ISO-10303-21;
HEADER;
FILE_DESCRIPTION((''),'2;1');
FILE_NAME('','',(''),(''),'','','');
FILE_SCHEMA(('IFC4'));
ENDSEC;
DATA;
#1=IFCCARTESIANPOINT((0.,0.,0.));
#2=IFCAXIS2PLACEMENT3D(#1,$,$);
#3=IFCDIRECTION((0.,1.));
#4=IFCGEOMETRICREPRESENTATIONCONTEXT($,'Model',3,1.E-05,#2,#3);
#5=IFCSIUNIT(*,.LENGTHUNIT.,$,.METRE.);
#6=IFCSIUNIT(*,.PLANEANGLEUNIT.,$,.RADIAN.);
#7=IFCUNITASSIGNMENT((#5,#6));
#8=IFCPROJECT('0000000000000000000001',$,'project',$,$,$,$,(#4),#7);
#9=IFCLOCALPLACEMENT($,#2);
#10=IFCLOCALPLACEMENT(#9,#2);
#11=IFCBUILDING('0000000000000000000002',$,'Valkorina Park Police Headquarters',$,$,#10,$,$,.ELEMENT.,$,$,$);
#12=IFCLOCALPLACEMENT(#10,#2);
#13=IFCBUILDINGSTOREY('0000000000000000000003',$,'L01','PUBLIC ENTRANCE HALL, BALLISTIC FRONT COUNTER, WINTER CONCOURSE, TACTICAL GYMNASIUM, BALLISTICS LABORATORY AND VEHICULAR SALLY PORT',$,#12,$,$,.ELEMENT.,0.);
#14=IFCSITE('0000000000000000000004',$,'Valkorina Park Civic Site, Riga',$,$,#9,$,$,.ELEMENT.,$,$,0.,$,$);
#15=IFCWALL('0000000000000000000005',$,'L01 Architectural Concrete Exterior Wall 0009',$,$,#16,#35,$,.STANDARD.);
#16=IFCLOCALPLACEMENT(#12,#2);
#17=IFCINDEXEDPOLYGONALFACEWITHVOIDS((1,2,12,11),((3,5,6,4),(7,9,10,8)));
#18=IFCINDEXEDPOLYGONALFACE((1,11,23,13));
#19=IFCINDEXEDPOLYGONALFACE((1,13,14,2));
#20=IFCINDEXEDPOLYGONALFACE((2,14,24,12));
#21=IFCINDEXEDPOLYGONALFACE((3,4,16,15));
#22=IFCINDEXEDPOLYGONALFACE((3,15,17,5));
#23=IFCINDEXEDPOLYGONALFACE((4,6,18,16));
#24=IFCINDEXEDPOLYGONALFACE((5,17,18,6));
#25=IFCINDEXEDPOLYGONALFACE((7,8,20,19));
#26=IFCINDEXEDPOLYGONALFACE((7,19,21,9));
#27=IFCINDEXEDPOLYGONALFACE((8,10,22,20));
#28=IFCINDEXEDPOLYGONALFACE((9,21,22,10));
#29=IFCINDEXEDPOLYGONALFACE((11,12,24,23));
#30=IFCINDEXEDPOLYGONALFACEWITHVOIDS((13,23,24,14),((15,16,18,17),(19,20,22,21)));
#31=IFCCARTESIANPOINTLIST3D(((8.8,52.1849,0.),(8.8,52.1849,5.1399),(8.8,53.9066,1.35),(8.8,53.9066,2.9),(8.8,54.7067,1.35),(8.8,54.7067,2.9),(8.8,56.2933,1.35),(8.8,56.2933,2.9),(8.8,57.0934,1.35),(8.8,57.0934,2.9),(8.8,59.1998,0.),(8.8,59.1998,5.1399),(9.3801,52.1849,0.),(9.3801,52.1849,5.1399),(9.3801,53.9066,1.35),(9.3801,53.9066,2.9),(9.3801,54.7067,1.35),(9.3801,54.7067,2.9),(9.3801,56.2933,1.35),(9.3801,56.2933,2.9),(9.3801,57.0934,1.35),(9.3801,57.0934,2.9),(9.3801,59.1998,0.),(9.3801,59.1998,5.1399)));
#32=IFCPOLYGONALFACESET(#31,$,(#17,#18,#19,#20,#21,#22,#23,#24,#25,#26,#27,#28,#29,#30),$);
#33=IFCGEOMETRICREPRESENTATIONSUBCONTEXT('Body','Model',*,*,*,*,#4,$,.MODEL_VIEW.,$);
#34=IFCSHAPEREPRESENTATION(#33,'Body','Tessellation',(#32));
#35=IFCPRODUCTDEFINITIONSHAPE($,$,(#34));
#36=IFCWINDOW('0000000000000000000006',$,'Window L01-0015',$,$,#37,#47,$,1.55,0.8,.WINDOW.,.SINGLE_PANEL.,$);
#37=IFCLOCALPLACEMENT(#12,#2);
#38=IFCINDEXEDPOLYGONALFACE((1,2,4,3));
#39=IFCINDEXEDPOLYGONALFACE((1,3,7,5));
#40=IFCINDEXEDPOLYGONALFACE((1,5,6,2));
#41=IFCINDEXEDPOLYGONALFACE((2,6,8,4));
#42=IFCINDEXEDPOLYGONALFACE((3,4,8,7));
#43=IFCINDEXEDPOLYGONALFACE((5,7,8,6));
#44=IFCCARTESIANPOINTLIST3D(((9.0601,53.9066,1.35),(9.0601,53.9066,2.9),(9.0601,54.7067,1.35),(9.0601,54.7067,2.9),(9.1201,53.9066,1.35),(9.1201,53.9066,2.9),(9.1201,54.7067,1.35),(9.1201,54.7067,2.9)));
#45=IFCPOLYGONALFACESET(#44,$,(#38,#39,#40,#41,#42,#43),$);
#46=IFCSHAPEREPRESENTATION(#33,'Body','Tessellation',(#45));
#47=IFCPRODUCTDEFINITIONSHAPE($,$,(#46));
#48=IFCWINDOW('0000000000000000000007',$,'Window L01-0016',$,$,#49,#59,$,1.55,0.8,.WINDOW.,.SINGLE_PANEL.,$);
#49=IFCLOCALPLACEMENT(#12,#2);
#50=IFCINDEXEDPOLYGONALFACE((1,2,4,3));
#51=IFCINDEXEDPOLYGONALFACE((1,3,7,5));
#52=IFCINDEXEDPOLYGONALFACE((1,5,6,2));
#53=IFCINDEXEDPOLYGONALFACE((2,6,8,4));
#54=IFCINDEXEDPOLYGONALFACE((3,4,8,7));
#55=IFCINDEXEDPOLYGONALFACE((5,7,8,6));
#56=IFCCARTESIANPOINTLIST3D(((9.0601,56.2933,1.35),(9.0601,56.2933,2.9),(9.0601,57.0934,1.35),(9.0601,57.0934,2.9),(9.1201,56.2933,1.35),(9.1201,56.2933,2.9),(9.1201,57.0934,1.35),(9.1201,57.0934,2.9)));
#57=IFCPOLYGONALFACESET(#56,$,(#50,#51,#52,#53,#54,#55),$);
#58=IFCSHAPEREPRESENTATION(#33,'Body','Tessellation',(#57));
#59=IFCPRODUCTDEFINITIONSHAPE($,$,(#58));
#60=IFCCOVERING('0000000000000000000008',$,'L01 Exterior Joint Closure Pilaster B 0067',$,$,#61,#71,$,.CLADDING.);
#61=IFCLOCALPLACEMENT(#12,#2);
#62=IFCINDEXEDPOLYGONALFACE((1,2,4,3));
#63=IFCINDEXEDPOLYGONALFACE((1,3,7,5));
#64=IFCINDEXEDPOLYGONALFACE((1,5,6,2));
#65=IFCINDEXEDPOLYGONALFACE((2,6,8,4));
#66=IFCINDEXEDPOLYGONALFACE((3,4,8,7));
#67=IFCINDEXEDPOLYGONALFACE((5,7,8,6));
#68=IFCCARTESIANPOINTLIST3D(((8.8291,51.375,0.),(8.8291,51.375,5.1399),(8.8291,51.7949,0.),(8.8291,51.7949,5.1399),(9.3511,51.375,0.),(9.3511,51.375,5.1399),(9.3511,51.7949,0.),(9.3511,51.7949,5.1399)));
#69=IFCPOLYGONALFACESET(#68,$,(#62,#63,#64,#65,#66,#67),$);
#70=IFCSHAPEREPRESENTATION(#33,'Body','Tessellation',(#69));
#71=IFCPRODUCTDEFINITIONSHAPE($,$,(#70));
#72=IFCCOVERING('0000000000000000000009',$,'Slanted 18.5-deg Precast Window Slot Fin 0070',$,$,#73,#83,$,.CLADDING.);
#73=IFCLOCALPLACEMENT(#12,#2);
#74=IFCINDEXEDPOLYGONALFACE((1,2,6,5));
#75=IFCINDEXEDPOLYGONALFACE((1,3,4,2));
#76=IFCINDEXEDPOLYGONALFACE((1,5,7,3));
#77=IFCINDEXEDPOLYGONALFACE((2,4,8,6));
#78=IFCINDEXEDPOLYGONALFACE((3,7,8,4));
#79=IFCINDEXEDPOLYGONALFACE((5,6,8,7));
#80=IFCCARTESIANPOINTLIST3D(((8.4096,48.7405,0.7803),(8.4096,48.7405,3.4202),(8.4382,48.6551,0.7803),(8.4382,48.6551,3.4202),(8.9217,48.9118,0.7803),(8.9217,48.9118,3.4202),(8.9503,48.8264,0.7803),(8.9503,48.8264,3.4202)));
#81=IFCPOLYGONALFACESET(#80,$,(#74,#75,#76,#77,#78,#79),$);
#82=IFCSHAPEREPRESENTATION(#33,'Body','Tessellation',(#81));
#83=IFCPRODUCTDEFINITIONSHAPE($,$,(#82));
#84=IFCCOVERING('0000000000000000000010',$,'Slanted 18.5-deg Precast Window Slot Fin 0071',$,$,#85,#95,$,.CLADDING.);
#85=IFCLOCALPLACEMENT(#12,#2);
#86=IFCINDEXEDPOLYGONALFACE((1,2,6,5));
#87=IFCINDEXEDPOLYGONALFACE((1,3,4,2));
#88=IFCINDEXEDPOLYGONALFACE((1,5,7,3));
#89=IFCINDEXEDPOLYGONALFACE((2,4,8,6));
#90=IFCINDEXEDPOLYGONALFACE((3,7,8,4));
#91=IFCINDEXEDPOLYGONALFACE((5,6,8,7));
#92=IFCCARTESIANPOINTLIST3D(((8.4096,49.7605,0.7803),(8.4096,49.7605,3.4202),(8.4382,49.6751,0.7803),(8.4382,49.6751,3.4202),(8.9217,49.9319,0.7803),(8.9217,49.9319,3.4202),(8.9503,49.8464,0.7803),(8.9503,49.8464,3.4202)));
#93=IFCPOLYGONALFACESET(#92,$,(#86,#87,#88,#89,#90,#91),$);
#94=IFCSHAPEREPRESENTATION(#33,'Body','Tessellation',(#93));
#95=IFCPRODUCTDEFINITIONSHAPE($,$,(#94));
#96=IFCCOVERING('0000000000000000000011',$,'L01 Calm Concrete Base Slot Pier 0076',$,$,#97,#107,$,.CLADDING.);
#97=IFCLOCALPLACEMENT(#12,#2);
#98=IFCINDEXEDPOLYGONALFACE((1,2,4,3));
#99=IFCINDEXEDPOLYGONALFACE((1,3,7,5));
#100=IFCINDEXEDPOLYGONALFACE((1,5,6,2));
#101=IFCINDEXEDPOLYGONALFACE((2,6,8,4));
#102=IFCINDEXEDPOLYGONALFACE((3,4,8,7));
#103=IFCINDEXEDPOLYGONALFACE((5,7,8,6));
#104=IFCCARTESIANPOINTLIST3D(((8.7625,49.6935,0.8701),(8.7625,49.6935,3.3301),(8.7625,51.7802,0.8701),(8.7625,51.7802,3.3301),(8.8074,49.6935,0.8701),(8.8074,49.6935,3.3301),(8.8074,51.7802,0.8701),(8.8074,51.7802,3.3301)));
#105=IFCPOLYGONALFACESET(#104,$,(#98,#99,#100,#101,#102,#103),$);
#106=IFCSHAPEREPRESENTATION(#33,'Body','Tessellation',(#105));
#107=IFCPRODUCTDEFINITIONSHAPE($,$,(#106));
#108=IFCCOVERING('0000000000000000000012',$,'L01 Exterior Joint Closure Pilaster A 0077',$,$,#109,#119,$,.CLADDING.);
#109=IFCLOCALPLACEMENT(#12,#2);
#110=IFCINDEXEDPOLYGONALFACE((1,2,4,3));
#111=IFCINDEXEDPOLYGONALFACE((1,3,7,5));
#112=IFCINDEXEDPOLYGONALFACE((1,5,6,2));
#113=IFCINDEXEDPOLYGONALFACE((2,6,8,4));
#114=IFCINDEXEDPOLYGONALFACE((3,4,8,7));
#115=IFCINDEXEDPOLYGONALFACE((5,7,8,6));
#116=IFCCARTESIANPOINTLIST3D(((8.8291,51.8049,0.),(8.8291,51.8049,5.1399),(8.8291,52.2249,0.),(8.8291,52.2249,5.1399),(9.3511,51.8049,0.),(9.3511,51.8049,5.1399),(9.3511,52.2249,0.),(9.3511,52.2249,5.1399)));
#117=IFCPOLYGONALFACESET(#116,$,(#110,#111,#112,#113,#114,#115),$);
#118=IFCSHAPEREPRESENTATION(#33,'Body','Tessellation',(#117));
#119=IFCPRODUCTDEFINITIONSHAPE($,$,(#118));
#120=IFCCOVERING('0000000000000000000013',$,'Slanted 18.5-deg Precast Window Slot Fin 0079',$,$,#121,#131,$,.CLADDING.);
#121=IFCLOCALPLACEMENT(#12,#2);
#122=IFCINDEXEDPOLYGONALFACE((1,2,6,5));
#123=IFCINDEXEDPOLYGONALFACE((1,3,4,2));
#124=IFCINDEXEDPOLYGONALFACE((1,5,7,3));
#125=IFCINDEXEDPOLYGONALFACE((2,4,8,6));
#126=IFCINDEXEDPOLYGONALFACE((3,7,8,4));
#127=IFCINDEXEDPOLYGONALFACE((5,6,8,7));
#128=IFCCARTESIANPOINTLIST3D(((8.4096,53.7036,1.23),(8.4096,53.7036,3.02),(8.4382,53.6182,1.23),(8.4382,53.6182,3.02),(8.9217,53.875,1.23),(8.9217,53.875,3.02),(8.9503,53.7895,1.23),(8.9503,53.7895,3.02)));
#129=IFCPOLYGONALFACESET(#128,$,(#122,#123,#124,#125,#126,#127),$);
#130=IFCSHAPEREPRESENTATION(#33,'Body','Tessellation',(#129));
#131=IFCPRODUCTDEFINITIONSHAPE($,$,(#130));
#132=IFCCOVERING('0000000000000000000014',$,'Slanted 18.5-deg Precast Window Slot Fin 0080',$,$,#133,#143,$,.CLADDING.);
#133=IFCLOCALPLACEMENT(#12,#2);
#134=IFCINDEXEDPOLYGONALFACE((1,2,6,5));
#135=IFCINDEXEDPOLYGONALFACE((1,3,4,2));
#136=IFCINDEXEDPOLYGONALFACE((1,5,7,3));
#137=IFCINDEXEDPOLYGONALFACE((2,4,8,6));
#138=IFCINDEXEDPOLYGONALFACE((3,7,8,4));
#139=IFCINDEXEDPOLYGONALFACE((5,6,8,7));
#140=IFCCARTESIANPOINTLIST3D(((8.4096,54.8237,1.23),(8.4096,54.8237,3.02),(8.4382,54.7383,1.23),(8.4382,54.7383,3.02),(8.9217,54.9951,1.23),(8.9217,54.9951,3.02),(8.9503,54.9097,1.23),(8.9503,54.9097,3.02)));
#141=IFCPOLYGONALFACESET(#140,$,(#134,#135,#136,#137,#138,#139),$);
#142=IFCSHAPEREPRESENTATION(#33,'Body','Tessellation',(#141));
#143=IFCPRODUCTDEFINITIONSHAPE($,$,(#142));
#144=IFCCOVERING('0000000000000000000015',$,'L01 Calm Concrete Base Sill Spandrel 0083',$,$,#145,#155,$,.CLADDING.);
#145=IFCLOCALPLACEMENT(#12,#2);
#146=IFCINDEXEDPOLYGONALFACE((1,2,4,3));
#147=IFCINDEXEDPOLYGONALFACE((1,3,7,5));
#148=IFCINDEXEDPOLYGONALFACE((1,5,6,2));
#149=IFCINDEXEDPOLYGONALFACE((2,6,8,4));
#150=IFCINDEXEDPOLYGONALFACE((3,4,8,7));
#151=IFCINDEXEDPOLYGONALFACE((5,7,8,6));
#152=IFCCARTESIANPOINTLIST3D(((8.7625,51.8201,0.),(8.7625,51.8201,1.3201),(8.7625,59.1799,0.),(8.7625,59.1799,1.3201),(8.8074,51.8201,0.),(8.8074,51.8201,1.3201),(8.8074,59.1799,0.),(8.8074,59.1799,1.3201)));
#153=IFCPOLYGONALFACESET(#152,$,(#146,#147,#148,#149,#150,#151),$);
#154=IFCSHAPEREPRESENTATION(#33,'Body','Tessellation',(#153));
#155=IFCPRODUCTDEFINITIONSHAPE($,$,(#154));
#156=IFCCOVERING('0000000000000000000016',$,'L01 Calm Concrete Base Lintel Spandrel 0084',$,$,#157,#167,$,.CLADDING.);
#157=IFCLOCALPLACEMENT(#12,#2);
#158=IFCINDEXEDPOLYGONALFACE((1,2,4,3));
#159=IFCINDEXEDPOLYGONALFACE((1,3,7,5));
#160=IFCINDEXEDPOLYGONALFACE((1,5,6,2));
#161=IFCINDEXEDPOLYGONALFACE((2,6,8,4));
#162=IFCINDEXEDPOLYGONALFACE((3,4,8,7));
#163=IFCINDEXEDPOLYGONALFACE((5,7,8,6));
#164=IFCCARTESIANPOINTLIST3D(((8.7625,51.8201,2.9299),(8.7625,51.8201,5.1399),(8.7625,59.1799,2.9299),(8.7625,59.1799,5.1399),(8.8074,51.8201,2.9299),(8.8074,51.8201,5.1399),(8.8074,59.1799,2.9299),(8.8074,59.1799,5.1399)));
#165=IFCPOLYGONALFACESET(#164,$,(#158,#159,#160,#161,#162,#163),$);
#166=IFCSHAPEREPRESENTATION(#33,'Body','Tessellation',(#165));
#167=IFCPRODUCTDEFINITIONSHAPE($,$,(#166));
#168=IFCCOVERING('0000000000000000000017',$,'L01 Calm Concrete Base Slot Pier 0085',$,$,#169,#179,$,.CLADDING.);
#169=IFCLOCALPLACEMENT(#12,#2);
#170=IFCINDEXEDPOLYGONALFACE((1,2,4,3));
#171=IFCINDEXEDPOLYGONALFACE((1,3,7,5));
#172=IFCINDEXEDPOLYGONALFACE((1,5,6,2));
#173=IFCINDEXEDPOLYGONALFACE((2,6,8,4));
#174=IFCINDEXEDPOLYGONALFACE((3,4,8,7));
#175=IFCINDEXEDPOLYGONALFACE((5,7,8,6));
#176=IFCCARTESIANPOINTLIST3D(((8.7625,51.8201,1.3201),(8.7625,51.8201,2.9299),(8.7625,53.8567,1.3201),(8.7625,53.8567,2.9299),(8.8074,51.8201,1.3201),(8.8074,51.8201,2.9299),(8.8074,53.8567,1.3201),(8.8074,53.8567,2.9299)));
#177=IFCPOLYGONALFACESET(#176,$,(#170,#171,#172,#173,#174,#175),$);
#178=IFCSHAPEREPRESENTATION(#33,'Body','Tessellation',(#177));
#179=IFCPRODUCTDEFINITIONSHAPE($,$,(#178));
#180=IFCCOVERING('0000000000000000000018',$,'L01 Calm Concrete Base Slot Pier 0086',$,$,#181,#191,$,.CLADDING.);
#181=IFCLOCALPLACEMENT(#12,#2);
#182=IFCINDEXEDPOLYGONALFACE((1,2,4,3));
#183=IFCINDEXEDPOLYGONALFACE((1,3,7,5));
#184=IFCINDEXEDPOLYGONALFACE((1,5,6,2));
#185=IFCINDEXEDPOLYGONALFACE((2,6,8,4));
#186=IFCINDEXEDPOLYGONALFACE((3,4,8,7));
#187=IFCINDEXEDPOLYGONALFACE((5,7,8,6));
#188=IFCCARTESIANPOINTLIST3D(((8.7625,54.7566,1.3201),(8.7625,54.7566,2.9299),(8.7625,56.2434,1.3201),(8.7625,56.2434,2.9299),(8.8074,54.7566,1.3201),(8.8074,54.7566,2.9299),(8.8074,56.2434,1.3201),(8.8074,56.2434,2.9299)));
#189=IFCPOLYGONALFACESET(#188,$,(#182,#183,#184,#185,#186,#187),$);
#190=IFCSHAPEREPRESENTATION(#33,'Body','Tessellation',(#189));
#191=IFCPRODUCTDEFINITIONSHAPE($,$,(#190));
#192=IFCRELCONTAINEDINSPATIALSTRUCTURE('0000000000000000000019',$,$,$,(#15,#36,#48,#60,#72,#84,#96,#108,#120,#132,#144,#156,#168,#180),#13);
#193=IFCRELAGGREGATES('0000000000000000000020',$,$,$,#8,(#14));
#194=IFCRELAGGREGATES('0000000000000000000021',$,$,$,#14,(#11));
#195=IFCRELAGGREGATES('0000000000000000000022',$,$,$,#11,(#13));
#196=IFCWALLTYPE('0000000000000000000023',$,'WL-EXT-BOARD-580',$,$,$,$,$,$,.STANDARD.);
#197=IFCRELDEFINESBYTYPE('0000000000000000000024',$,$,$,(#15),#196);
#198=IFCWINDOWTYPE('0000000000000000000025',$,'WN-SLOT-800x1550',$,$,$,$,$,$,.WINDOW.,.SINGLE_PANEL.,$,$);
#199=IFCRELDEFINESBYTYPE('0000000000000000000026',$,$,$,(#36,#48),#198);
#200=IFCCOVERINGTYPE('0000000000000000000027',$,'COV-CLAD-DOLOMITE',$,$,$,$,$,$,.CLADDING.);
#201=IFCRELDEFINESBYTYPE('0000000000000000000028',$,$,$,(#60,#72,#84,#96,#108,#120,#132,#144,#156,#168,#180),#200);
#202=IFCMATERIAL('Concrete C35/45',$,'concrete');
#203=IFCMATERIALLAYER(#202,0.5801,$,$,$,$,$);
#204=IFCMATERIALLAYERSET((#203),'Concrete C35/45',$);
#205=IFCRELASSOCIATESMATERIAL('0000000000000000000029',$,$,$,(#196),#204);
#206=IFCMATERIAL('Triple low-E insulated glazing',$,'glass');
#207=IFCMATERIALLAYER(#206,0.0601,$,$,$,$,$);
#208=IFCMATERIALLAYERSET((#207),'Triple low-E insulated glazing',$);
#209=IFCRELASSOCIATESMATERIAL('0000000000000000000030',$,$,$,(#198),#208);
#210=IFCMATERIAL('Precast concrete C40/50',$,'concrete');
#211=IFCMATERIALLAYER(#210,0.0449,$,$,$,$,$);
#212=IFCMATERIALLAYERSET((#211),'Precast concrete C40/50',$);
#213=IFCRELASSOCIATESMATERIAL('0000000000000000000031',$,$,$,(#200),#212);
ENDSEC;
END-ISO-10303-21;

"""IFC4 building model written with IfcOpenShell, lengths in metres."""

from ifc_helpers import new_model, si_unit, direction, frame, frame_2d, origin, origin_2d, place, context, subcontext, project, spatial, rectangle, extrude, material, layer, layer_set, type_object, element, fill, save


model = new_model("IFC4")

# Units and contexts
model_context = context("Model", 3, precision=1e-05, world=origin(), true_north=direction((0.0, 1.0)))
body_context = subcontext(model_context, "Body", "Model", "MODEL_VIEW")
ifc_project = project(units=[si_unit("LENGTHUNIT", "METRE"), si_unit("PLANEANGLEUNIT", "RADIAN")], contexts=[model_context])

# Site, building, storey
site_placement = place(None, origin())
site = spatial("IfcSite", under=ifc_project, at=site_placement, Name="Valkorina Park Civic Site, Riga", CompositionType="ELEMENT", RefElevation=0.0)
building_placement = place(site_placement, origin())
building = spatial("IfcBuilding", under=site, at=building_placement, Name="Valkorina Park Police Headquarters", CompositionType="ELEMENT")
storey_placement = place(building_placement, origin())
storey = spatial("IfcBuildingStorey", under=building, at=storey_placement, Name="L01", Description="PUBLIC ENTRANCE HALL, BALLISTIC FRONT COUNTER, WINTER CONCOURSE, TACTICAL GYMNASIUM, BALLISTICS LABORATORY AND VEHICULAR SALLY PORT", CompositionType="ELEMENT", Elevation=0.0)

# Wall, openings, windows
ifc_material_1 = material(Name="Concrete C35/45", Category="concrete")
ifc_layer_1 = layer(ifc_material_1, 0.5801)
ifc_layer_set_1 = layer_set([ifc_layer_1], Name="Concrete C35/45")
wall_type_1 = type_object("IfcWallType", Name="WL-EXT-BOARD-580", PredefinedType="STANDARD", material=ifc_layer_set_1)
wall_1_placement = place(storey_placement, frame((9.0901, 52.1851, 0.0), z_axis=(0.0, 0.0, 1.0), x_axis=(0.0, 1.0, 0.0)))
wall_1 = element("IfcWall", 1, at=wall_1_placement, inside=storey, type_object=wall_type_1, Name="L01 Architectural Concrete Exterior Wall 0009", PredefinedType="STANDARD", context=body_context, shape_type="SweptSolid", body=[
    extrude(rectangle(XDim=7.0149, YDim=0.5801, at=frame_2d((3.5073, 0.0))), origin(), (0.0, 0.0, 1.0), 5.1399),
])
opening_1_placement = place(wall_1_placement, frame((1.7217, 0.0, 1.3501)))
opening_1 = element("IfcOpeningElement", 2, at=opening_1_placement, cuts=wall_1, PredefinedType="OPENING", context=body_context, shape_type="SweptSolid", body=[
    extrude(rectangle(XDim=0.8, YDim=1.55, at=frame_2d((0.3999, 0.7749))), frame((0.0, 0.3, 0.0), z_axis=(0.0, -1.0, 0.0), x_axis=(1.0, 0.0, 0.0)), (0.0, 0.0, 1.0), 0.6001),
])
opening_2_placement = place(wall_1_placement, frame((4.1084, 0.0, 1.3501)))
opening_2 = element("IfcOpeningElement", 3, at=opening_2_placement, cuts=wall_1, PredefinedType="OPENING", context=body_context, shape_type="SweptSolid", body=[
    extrude(rectangle(XDim=0.8, YDim=1.55, at=frame_2d((0.3999, 0.7749))), frame((0.0, 0.3, 0.0), z_axis=(0.0, -1.0, 0.0), x_axis=(1.0, 0.0, 0.0)), (0.0, 0.0, 1.0), 0.6001),
])
ifc_material_2 = material(Name="Triple low-E insulated glazing", Category="glass")
ifc_layer_2 = layer(ifc_material_2, 0.0601)
ifc_layer_set_2 = layer_set([ifc_layer_2], Name="Triple low-E insulated glazing")
window_type = type_object("IfcWindowType", Name="WN-SLOT-800x1550", PartitioningType="SINGLE_PANEL", PredefinedType="WINDOW", material=ifc_layer_set_2)
window_1_placement = place(opening_1_placement, origin())
window_1 = element("IfcWindow", 4, at=window_1_placement, inside=storey, type_object=window_type, Name="Window L01-0015", OverallHeight=1.55, OverallWidth=0.8, PartitioningType="SINGLE_PANEL", PredefinedType="WINDOW", context=body_context, shape_type="SweptSolid", body=[
    extrude(rectangle(XDim=0.8, YDim=1.55, at=frame_2d((0.3999, 0.7749))), frame((0.0, 0.03, 0.0), z_axis=(0.0, -1.0, 0.0), x_axis=(1.0, 0.0, 0.0)), (0.0, 0.0, 1.0), 0.0601),
])
fill(opening_1, window_1)
window_2_placement = place(opening_2_placement, origin())
window_2 = element("IfcWindow", 5, at=window_2_placement, inside=storey, type_object=window_type, Name="Window L01-0016", OverallHeight=1.55, OverallWidth=0.8, PartitioningType="SINGLE_PANEL", PredefinedType="WINDOW", context=body_context, shape_type="SweptSolid", body=[
    extrude(rectangle(XDim=0.8, YDim=1.55, at=frame_2d((0.3999, 0.7749))), frame((0.0, 0.03, 0.0), z_axis=(0.0, -1.0, 0.0), x_axis=(1.0, 0.0, 0.0)), (0.0, 0.0, 1.0), 0.0601),
])
fill(opening_2, window_2)

# Coverings
ifc_material_3 = material(Name="Precast concrete C40/50", Category="concrete")
ifc_layer_3 = layer(ifc_material_3, 0.0449)
ifc_layer_set_3 = layer_set([ifc_layer_3], Name="Precast concrete C40/50")
covering_type = type_object("IfcCoveringType", Name="COV-CLAD-DOLOMITE", PredefinedType="CLADDING", material=ifc_layer_set_3)
covering_1_placement = place(storey_placement, frame((9.0901, 51.585, 0.0), z_axis=(0.0, 0.0, 1.0), x_axis=(0.0, 1.0, 0.0)))
element("IfcCovering", 6, at=covering_1_placement, inside=storey, type_object=covering_type, Name="L01 Exterior Joint Closure Pilaster B 0067", PredefinedType="CLADDING", context=body_context, shape_type="SweptSolid", body=[
    extrude(rectangle(XDim=0.4199, YDim=0.522, at=origin_2d()), origin(), (0.0, 0.0, 1.0), 5.1399),
])
for number, where, z_axis, x_axis, name in (
    (7, (8.6799, 48.7834, 0.7803), (0.0, 0.0, 1.0), (-0.948324, -0.317305, 0.0), "Slanted 18.5-deg Precast Window Slot Fin 0070"),
    (8, (8.6799, 49.8035, 0.7803), (0.0, 0.0, 1.0), (-0.948324, -0.317305, 0.0), "Slanted 18.5-deg Precast Window Slot Fin 0071"),
):
    element("IfcCovering", number, at=place(storey_placement, frame(where, z_axis=z_axis, x_axis=x_axis)), inside=storey, type_object=covering_type, Name=name, PredefinedType="CLADDING", context=body_context, shape_type="SweptSolid", body=[
        extrude(rectangle(XDim=0.54, YDim=0.0901, at=origin_2d()), origin(), (0.0, 0.0, 1.0), 2.6399),
    ])
covering_2_placement = place(storey_placement, frame((8.7849, 49.6934, 0.8701), z_axis=(0.0, 0.0, 1.0), x_axis=(0.0, 1.0, 0.0)))
element("IfcCovering", 9, at=covering_2_placement, inside=storey, type_object=covering_type, Name="L01 Calm Concrete Base Slot Pier 0076", PredefinedType="CLADDING", context=body_context, shape_type="SweptSolid", body=[
    extrude(rectangle(XDim=2.0867, YDim=0.0449, at=frame_2d((1.0435, 0.0))), origin(), (0.0, 0.0, 1.0), 2.46),
])
covering_3_placement = place(storey_placement, frame((9.0901, 52.0149, 0.0), z_axis=(0.0, 0.0, 1.0), x_axis=(0.0, 1.0, 0.0)))
element("IfcCovering", 10, at=covering_3_placement, inside=storey, type_object=covering_type, Name="L01 Exterior Joint Closure Pilaster A 0077", PredefinedType="CLADDING", context=body_context, shape_type="SweptSolid", body=[
    extrude(rectangle(XDim=0.4199, YDim=0.522, at=origin_2d()), origin(), (0.0, 0.0, 1.0), 5.1399),
])
for number, where, z_axis, x_axis, name in (
    (11, (8.6799, 53.7466, 1.23), (0.0, 0.0, 1.0), (-0.948324, -0.317305, 0.0), "Slanted 18.5-deg Precast Window Slot Fin 0079"),
    (12, (8.6799, 54.8667, 1.23), (0.0, 0.0, 1.0), (-0.948324, -0.317305, 0.0), "Slanted 18.5-deg Precast Window Slot Fin 0080"),
):
    element("IfcCovering", number, at=place(storey_placement, frame(where, z_axis=z_axis, x_axis=x_axis)), inside=storey, type_object=covering_type, Name=name, PredefinedType="CLADDING", context=body_context, shape_type="SweptSolid", body=[
        extrude(rectangle(XDim=0.54, YDim=0.0901, at=origin_2d()), origin(), (0.0, 0.0, 1.0), 1.79),
    ])
covering_4_placement = place(storey_placement, frame((8.7849, 51.8201, 0.0), z_axis=(0.0, 0.0, 1.0), x_axis=(0.0, 1.0, 0.0)))
element("IfcCovering", 13, at=covering_4_placement, inside=storey, type_object=covering_type, Name="L01 Calm Concrete Base Sill Spandrel 0083", PredefinedType="CLADDING", context=body_context, shape_type="SweptSolid", body=[
    extrude(rectangle(XDim=7.3599, YDim=0.0449, at=frame_2d((3.6799, 0.0))), origin(), (0.0, 0.0, 1.0), 1.3201),
])
covering_5_placement = place(storey_placement, frame((8.7849, 51.8201, 2.9299), z_axis=(0.0, 0.0, 1.0), x_axis=(0.0, 1.0, 0.0)))
element("IfcCovering", 14, at=covering_5_placement, inside=storey, type_object=covering_type, Name="L01 Calm Concrete Base Lintel Spandrel 0084", PredefinedType="CLADDING", context=body_context, shape_type="SweptSolid", body=[
    extrude(rectangle(XDim=7.3599, YDim=0.0449, at=frame_2d((3.6799, 0.0))), origin(), (0.0, 0.0, 1.0), 2.21),
])
covering_6_placement = place(storey_placement, frame((8.7849, 51.8201, 1.3201), z_axis=(0.0, 0.0, 1.0), x_axis=(0.0, 1.0, 0.0)))
element("IfcCovering", 15, at=covering_6_placement, inside=storey, type_object=covering_type, Name="L01 Calm Concrete Base Slot Pier 0085", PredefinedType="CLADDING", context=body_context, shape_type="SweptSolid", body=[
    extrude(rectangle(XDim=2.0366, YDim=0.0449, at=frame_2d((1.0183, 0.0))), origin(), (0.0, 0.0, 1.0), 1.6099),
])
covering_7_placement = place(storey_placement, frame((8.7849, 54.7566, 1.3201), z_axis=(0.0, 0.0, 1.0), x_axis=(0.0, 1.0, 0.0)))
element("IfcCovering", 16, at=covering_7_placement, inside=storey, type_object=covering_type, Name="L01 Calm Concrete Base Slot Pier 0086", PredefinedType="CLADDING", context=body_context, shape_type="SweptSolid", body=[
    extrude(rectangle(XDim=1.4868, YDim=0.0449, at=frame_2d((0.7434, 0.0))), origin(), (0.0, 0.0, 1.0), 1.6099),
])

save(model, "model.ifc")
